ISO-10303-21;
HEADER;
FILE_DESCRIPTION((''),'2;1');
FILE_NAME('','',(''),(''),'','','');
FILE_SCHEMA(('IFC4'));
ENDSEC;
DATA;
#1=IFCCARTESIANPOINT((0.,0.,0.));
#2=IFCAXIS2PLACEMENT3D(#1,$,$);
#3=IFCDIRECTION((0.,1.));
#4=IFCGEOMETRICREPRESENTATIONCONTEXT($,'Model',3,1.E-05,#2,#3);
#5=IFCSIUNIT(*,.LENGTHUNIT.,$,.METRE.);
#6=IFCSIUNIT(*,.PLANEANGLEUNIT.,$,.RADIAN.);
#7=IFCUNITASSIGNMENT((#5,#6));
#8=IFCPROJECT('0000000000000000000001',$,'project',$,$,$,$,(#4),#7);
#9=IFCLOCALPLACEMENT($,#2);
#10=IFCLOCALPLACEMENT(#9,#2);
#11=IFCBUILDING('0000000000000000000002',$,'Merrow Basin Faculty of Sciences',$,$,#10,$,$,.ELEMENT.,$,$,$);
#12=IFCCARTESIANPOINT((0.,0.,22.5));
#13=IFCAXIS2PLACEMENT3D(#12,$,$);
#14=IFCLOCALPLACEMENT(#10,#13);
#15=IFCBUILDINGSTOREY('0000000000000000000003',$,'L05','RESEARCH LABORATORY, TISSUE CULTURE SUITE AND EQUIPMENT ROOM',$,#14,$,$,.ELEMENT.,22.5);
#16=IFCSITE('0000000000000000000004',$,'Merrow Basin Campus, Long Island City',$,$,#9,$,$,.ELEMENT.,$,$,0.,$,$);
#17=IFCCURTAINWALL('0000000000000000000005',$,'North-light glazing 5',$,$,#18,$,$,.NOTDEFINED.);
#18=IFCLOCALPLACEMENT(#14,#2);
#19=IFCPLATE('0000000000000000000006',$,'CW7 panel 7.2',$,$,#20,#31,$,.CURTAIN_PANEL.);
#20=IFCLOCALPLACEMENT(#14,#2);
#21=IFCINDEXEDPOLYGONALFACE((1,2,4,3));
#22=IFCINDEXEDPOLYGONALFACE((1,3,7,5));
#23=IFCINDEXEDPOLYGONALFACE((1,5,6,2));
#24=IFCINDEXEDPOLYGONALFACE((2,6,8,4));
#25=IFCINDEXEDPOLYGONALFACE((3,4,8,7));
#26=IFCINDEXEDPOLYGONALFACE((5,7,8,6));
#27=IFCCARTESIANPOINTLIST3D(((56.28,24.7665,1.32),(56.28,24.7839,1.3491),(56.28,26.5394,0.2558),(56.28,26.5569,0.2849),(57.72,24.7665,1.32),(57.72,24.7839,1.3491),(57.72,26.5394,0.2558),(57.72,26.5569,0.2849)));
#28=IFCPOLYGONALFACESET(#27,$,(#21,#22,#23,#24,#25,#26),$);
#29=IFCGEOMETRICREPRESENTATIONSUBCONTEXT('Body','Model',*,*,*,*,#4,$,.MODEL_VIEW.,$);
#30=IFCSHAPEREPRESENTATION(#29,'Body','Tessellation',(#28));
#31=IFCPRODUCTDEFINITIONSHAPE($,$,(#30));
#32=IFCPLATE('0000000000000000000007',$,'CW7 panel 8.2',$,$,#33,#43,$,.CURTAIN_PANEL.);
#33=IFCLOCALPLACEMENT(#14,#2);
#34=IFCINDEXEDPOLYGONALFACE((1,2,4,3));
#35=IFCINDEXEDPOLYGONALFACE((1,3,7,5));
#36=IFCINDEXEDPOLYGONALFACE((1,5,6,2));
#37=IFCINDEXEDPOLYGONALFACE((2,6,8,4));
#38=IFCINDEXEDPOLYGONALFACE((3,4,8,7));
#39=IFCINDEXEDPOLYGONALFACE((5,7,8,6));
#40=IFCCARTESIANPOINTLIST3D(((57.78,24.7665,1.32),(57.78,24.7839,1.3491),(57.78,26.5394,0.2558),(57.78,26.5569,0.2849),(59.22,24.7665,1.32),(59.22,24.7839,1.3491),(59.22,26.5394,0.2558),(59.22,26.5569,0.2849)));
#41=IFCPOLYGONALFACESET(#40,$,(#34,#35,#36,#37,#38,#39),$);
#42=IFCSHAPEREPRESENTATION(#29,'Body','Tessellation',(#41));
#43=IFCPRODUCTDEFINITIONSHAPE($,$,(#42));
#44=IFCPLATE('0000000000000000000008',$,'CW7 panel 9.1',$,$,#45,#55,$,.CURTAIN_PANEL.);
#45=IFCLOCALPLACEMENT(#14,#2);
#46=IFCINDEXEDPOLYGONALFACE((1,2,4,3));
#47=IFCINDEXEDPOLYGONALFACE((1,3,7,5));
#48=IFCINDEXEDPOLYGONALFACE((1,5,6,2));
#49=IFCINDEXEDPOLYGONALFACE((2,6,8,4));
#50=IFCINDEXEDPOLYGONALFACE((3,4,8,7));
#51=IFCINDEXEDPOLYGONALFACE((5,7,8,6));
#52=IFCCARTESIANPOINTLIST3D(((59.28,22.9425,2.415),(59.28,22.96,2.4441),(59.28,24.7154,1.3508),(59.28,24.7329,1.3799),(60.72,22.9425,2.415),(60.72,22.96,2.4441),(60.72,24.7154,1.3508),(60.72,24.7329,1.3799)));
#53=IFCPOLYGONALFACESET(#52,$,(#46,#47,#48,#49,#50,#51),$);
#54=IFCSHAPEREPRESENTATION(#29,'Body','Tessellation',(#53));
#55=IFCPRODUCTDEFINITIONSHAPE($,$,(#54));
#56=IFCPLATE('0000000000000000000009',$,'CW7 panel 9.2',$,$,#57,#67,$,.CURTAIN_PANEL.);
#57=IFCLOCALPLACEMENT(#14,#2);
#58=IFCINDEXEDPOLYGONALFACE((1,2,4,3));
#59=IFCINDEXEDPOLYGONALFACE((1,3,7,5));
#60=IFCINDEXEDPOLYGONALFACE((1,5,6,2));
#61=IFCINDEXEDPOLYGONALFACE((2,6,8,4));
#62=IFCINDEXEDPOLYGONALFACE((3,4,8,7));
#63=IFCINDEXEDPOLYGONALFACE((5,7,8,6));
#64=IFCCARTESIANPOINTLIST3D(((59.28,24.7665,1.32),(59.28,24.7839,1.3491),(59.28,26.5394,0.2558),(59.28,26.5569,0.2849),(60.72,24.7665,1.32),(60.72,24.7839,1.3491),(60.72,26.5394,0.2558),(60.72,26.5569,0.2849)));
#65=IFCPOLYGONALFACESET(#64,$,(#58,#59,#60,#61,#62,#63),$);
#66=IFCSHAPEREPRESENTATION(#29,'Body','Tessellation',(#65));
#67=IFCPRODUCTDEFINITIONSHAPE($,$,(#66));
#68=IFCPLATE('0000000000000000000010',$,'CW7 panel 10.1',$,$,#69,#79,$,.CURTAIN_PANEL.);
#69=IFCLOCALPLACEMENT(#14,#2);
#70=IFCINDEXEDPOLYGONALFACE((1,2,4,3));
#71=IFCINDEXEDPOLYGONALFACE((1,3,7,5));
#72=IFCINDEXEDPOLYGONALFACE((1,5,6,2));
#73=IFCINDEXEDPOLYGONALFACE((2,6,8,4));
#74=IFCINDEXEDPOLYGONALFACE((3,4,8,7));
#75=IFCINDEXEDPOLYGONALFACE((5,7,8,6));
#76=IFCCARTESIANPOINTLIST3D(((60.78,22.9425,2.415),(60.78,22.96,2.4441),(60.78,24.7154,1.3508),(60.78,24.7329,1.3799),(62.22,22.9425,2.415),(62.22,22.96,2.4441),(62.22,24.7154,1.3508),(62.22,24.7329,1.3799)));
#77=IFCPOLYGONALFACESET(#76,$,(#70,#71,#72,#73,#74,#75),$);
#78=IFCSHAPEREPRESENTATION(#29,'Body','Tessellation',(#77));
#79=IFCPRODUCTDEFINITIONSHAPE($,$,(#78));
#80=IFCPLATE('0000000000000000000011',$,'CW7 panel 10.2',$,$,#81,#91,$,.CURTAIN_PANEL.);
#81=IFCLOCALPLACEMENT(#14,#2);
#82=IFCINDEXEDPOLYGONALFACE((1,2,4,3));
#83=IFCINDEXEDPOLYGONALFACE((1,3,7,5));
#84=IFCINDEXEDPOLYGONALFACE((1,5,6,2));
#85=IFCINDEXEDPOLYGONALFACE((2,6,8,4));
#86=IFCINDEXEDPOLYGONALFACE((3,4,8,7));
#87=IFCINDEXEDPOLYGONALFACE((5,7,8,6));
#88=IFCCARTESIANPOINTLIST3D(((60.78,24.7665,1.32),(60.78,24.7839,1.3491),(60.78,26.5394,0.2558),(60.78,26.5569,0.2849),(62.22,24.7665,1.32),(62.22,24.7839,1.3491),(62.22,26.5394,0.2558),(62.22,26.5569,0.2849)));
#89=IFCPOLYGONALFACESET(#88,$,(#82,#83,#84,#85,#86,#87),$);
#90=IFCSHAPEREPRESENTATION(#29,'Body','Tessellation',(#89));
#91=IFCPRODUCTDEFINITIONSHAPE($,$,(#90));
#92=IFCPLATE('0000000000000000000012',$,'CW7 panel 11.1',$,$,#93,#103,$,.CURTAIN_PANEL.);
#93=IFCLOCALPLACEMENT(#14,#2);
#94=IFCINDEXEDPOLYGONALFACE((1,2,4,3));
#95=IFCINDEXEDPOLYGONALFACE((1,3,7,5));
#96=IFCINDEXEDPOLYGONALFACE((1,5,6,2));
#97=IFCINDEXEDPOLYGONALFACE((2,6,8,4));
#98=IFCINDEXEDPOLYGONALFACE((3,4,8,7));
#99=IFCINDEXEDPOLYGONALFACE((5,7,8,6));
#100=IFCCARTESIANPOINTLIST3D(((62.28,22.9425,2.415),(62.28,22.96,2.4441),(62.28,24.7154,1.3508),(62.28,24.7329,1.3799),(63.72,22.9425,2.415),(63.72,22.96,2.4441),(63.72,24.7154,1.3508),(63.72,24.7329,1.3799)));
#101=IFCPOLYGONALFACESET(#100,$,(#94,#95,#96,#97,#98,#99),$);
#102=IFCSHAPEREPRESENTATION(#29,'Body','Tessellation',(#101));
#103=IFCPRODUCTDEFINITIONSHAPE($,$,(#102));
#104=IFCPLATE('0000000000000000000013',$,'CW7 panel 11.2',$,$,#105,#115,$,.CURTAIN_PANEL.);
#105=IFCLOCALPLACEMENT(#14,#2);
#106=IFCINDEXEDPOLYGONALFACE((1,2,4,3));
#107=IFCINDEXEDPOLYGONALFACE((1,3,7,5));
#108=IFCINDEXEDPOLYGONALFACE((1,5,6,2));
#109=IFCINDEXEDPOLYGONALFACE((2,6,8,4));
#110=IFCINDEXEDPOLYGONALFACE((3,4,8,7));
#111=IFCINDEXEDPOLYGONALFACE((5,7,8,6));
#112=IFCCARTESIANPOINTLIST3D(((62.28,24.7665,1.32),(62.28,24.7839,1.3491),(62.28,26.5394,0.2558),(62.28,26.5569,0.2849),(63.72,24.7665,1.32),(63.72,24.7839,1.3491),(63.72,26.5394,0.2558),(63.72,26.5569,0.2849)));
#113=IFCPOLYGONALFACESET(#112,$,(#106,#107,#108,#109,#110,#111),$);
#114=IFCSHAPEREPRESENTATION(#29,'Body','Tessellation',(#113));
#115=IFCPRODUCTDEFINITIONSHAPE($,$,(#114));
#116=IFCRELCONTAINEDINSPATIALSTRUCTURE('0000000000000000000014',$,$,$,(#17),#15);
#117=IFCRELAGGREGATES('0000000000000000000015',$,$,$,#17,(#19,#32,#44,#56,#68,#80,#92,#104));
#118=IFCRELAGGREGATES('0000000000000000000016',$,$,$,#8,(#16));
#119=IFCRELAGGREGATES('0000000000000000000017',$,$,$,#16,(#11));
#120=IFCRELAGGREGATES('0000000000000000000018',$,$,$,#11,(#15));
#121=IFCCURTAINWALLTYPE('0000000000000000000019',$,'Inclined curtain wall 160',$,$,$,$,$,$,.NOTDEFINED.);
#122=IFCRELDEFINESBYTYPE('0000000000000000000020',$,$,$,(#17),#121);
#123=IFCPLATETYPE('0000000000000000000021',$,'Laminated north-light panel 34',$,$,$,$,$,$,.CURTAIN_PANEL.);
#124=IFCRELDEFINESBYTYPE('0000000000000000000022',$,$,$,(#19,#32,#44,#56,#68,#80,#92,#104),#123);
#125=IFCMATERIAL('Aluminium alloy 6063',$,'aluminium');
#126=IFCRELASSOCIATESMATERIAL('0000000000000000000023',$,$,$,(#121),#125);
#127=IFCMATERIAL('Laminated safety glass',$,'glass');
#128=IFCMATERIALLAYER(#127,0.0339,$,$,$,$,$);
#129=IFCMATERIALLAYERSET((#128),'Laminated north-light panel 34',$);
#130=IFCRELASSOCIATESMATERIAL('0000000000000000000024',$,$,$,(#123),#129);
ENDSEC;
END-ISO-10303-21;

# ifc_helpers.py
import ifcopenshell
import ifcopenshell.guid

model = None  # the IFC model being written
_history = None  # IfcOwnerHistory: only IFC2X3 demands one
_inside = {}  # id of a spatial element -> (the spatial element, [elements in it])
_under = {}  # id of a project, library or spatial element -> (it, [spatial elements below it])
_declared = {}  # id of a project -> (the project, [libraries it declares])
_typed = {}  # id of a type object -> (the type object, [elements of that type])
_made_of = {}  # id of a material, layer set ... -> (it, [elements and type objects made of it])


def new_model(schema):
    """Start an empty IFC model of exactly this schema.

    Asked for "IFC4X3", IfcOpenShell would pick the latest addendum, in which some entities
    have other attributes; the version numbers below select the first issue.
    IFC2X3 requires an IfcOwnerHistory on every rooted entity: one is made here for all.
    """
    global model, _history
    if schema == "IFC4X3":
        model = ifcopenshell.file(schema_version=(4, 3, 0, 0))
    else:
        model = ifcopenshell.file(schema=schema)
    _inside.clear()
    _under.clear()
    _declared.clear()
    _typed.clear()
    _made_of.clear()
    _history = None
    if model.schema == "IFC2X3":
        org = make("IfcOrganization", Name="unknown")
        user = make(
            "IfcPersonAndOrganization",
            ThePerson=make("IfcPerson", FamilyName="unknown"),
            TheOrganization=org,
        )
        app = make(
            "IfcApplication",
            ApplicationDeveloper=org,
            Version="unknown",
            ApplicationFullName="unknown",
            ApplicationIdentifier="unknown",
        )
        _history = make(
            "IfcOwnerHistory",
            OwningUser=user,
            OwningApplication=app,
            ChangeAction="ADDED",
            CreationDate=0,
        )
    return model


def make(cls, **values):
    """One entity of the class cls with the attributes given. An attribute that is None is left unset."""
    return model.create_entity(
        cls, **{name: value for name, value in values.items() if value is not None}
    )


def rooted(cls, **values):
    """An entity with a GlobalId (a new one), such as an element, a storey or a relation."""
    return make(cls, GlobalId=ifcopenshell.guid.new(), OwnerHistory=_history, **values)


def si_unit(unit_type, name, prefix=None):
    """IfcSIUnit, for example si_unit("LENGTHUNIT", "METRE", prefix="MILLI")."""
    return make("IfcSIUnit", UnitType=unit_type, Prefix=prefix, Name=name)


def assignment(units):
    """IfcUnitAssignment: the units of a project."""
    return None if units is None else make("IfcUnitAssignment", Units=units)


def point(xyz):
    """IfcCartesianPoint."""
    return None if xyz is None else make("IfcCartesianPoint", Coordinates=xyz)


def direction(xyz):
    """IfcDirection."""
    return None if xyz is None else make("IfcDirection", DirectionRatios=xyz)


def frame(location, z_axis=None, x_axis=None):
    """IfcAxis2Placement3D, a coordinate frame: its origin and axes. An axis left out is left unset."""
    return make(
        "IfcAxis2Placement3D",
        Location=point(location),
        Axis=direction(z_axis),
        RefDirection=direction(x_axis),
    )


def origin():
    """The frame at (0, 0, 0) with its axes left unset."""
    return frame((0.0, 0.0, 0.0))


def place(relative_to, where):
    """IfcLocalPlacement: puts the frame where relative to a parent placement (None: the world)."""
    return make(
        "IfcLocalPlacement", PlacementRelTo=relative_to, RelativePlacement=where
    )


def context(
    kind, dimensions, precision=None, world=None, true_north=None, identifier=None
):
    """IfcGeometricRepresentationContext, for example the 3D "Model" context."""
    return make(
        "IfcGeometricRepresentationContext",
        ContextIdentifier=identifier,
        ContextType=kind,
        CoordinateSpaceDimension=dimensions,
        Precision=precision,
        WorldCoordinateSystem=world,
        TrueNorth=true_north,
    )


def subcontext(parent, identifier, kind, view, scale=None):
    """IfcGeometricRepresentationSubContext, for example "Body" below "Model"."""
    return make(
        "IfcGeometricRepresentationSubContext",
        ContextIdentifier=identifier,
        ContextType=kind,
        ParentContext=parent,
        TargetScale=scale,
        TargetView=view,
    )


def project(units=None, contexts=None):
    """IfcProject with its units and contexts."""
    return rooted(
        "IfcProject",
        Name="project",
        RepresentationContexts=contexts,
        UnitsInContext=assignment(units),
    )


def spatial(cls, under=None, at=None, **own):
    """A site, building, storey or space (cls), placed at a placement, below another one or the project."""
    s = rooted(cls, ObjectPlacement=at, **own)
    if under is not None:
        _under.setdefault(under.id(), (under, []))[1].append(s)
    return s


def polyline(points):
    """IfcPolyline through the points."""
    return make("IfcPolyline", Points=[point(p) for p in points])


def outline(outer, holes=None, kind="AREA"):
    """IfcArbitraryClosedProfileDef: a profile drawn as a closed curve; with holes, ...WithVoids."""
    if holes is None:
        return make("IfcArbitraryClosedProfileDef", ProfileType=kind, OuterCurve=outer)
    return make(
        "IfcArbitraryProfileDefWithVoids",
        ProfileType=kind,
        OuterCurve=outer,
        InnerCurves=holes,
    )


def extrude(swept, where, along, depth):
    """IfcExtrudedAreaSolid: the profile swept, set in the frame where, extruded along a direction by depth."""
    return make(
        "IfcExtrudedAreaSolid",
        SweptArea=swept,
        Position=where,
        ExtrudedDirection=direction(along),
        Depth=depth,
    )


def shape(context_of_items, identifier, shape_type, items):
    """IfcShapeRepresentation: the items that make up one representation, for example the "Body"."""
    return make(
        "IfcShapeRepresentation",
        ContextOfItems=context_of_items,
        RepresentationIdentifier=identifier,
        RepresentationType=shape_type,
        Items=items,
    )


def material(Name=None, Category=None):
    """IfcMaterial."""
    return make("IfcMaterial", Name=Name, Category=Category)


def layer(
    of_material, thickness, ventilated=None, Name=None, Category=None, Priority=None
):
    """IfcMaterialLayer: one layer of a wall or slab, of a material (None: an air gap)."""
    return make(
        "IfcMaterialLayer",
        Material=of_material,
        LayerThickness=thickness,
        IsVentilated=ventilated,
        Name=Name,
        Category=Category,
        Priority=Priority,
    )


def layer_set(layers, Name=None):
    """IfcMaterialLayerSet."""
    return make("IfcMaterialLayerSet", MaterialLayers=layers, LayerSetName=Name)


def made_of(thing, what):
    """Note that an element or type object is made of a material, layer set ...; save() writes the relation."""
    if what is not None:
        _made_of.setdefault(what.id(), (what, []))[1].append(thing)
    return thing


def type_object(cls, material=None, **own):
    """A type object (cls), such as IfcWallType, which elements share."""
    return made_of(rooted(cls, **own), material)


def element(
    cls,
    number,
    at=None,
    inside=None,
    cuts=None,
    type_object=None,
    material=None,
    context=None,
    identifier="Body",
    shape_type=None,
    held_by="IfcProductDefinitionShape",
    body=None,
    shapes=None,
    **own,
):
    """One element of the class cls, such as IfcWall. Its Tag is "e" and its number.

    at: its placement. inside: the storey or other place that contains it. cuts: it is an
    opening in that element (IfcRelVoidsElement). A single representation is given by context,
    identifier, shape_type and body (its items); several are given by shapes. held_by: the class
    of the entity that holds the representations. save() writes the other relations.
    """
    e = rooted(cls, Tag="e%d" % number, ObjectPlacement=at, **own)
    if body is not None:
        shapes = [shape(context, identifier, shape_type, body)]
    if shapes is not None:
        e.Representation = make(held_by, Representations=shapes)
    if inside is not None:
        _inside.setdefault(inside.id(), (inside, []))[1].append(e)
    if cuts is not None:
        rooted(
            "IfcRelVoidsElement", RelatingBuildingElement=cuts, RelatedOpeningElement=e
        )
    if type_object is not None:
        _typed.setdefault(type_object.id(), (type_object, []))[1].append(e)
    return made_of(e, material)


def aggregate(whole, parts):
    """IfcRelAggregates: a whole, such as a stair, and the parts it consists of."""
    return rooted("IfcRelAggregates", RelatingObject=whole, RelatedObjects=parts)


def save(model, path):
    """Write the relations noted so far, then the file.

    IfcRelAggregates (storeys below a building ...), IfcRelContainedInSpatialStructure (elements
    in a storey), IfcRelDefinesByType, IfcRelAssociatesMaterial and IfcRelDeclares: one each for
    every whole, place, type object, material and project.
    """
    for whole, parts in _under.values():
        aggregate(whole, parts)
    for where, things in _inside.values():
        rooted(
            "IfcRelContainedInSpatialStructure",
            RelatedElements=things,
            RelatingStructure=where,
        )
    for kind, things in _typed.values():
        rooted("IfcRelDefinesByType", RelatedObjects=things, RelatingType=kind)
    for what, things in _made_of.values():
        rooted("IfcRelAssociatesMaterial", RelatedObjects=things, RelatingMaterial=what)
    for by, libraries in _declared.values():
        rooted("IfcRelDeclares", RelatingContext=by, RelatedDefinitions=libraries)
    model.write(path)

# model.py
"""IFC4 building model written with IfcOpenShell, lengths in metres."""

from ifc_helpers import new_model, si_unit, direction, frame, origin, place, context, subcontext, project, spatial, polyline, outline, extrude, material, layer, layer_set, type_object, element, aggregate, save


model = new_model("IFC4")

# Units and contexts
model_context = context("Model", 3, precision=1e-05, world=origin(), true_north=direction((0.0, 1.0)))
body_context = subcontext(model_context, "Body", "Model", "MODEL_VIEW")
ifc_project = project(units=[si_unit("LENGTHUNIT", "METRE"), si_unit("PLANEANGLEUNIT", "RADIAN")], contexts=[model_context])

# Site, building, storey
site_placement = place(None, origin())
site = spatial("IfcSite", under=ifc_project, at=site_placement, Name="Merrow Basin Campus, Long Island City", CompositionType="ELEMENT", RefElevation=0.0)
building_placement = place(site_placement, origin())
building = spatial("IfcBuilding", under=site, at=building_placement, Name="Merrow Basin Faculty of Sciences", CompositionType="ELEMENT")
storey_placement = place(building_placement, frame((0.0, 0.0, 22.5)))
storey = spatial("IfcBuildingStorey", under=building, at=storey_placement, Name="L05", Description="RESEARCH LABORATORY, TISSUE CULTURE SUITE AND EQUIPMENT ROOM", CompositionType="ELEMENT", Elevation=22.5)

# Shared definitions
ifc_material_1 = material(Name="Aluminium alloy 6063", Category="aluminium")
curtain_wall_type = type_object("IfcCurtainWallType", Name="Inclined curtain wall 160", PredefinedType="NOTDEFINED", material=ifc_material_1)

# Curtain wall, plates
curtain_wall_1_placement = place(storey_placement, origin())
curtain_wall_1 = element("IfcCurtainWall", 1, at=curtain_wall_1_placement, inside=storey, type_object=curtain_wall_type, Name="North-light glazing 5", PredefinedType="NOTDEFINED")
ifc_material_2 = material(Name="Laminated safety glass", Category="glass")
ifc_layer = layer(ifc_material_2, 0.0339)
ifc_layer_set = layer_set([ifc_layer], Name="Laminated north-light panel 34")
plate_type = type_object("IfcPlateType", Name="Laminated north-light panel 34", PredefinedType="CURTAIN_PANEL", material=ifc_layer_set)
plate_1_placement = place(storey_placement, frame((56.28, 24.7839, 1.3491), z_axis=(0.0, 0.514652, 0.857399), x_axis=(1.0, 0.0, 0.0)))
plate_1 = element("IfcPlate", 2, at=plate_1_placement, type_object=plate_type, Name="CW7 panel 7.2", PredefinedType="CURTAIN_PANEL", context=body_context, shape_type="SweptSolid", body=[
    extrude(outline(polyline([(0.0, 0.0), (1.4399, 0.0), (1.4399, 2.0678), (0.0, 2.0678), (0.0, 0.0)])), origin(), (0.0, 0.0, -1.0), 0.0339),
])
plate_2_placement = place(storey_placement, frame((57.78, 24.7839, 1.3491), z_axis=(0.0, 0.514652, 0.857399), x_axis=(1.0, 0.0, 0.0)))
plate_2 = element("IfcPlate", 3, at=plate_2_placement, type_object=plate_type, Name="CW7 panel 8.2", PredefinedType="CURTAIN_PANEL", context=body_context, shape_type="SweptSolid", body=[
    extrude(outline(polyline([(0.0, 0.0), (1.4399, 0.0), (1.4399, 2.0678), (0.0, 2.0678), (0.0, 0.0)])), origin(), (0.0, 0.0, -1.0), 0.0339),
])
plate_3_placement = place(storey_placement, frame((59.28, 22.96, 2.4441), z_axis=(0.0, 0.514652, 0.857399), x_axis=(1.0, 0.0, 0.0)))
plate_3 = element("IfcPlate", 4, at=plate_3_placement, type_object=plate_type, Name="CW7 panel 9.1", PredefinedType="CURTAIN_PANEL", context=body_context, shape_type="SweptSolid", body=[
    extrude(outline(polyline([(0.0, 0.0), (1.4399, 0.0), (1.4399, 2.0678), (0.0, 2.0678), (0.0, 0.0)])), origin(), (0.0, 0.0, -1.0), 0.0339),
])
plate_4_placement = place(storey_placement, frame((59.28, 24.7839, 1.3491), z_axis=(0.0, 0.514652, 0.857399), x_axis=(1.0, 0.0, 0.0)))
plate_4 = element("IfcPlate", 5, at=plate_4_placement, type_object=plate_type, Name="CW7 panel 9.2", PredefinedType="CURTAIN_PANEL", context=body_context, shape_type="SweptSolid", body=[
    extrude(outline(polyline([(0.0, 0.0), (1.4399, 0.0), (1.4399, 2.0678), (0.0, 2.0678), (0.0, 0.0)])), origin(), (0.0, 0.0, -1.0), 0.0339),
])
plate_5_placement = place(storey_placement, frame((60.78, 22.96, 2.4441), z_axis=(0.0, 0.514652, 0.857399), x_axis=(1.0, 0.0, 0.0)))
plate_5 = element("IfcPlate", 6, at=plate_5_placement, type_object=plate_type, Name="CW7 panel 10.1", PredefinedType="CURTAIN_PANEL", context=body_context, shape_type="SweptSolid", body=[
    extrude(outline(polyline([(0.0, 0.0), (1.4399, 0.0), (1.4399, 2.0678), (0.0, 2.0678), (0.0, 0.0)])), origin(), (0.0, 0.0, -1.0), 0.0339),
])
plate_6_placement = place(storey_placement, frame((60.78, 24.7839, 1.3491), z_axis=(0.0, 0.514652, 0.857399), x_axis=(1.0, 0.0, 0.0)))
plate_6 = element("IfcPlate", 7, at=plate_6_placement, type_object=plate_type, Name="CW7 panel 10.2", PredefinedType="CURTAIN_PANEL", context=body_context, shape_type="SweptSolid", body=[
    extrude(outline(polyline([(0.0, 0.0), (1.4399, 0.0), (1.4399, 2.0678), (0.0, 2.0678), (0.0, 0.0)])), origin(), (0.0, 0.0, -1.0), 0.0339),
])
plate_7_placement = place(storey_placement, frame((62.28, 22.96, 2.4441), z_axis=(0.0, 0.514652, 0.857399), x_axis=(1.0, 0.0, 0.0)))
plate_7 = element("IfcPlate", 8, at=plate_7_placement, type_object=plate_type, Name="CW7 panel 11.1", PredefinedType="CURTAIN_PANEL", context=body_context, shape_type="SweptSolid", body=[
    extrude(outline(polyline([(0.0, 0.0), (1.4399, 0.0), (1.4399, 2.0678), (0.0, 2.0678), (0.0, 0.0)])), origin(), (0.0, 0.0, -1.0), 0.0339),
])
plate_8_placement = place(storey_placement, frame((62.28, 24.7839, 1.3491), z_axis=(0.0, 0.514652, 0.857399), x_axis=(1.0, 0.0, 0.0)))
plate_8 = element("IfcPlate", 9, at=plate_8_placement, type_object=plate_type, Name="CW7 panel 11.2", PredefinedType="CURTAIN_PANEL", context=body_context, shape_type="SweptSolid", body=[
    extrude(outline(polyline([(0.0, 0.0), (1.4399, 0.0), (1.4399, 2.0678), (0.0, 2.0678), (0.0, 0.0)])), origin(), (0.0, 0.0, -1.0), 0.0339),
])
aggregate(curtain_wall_1, [plate_1, plate_2, plate_3, plate_4, plate_5, plate_6, plate_7, plate_8])

save(model, "model.ifc")
